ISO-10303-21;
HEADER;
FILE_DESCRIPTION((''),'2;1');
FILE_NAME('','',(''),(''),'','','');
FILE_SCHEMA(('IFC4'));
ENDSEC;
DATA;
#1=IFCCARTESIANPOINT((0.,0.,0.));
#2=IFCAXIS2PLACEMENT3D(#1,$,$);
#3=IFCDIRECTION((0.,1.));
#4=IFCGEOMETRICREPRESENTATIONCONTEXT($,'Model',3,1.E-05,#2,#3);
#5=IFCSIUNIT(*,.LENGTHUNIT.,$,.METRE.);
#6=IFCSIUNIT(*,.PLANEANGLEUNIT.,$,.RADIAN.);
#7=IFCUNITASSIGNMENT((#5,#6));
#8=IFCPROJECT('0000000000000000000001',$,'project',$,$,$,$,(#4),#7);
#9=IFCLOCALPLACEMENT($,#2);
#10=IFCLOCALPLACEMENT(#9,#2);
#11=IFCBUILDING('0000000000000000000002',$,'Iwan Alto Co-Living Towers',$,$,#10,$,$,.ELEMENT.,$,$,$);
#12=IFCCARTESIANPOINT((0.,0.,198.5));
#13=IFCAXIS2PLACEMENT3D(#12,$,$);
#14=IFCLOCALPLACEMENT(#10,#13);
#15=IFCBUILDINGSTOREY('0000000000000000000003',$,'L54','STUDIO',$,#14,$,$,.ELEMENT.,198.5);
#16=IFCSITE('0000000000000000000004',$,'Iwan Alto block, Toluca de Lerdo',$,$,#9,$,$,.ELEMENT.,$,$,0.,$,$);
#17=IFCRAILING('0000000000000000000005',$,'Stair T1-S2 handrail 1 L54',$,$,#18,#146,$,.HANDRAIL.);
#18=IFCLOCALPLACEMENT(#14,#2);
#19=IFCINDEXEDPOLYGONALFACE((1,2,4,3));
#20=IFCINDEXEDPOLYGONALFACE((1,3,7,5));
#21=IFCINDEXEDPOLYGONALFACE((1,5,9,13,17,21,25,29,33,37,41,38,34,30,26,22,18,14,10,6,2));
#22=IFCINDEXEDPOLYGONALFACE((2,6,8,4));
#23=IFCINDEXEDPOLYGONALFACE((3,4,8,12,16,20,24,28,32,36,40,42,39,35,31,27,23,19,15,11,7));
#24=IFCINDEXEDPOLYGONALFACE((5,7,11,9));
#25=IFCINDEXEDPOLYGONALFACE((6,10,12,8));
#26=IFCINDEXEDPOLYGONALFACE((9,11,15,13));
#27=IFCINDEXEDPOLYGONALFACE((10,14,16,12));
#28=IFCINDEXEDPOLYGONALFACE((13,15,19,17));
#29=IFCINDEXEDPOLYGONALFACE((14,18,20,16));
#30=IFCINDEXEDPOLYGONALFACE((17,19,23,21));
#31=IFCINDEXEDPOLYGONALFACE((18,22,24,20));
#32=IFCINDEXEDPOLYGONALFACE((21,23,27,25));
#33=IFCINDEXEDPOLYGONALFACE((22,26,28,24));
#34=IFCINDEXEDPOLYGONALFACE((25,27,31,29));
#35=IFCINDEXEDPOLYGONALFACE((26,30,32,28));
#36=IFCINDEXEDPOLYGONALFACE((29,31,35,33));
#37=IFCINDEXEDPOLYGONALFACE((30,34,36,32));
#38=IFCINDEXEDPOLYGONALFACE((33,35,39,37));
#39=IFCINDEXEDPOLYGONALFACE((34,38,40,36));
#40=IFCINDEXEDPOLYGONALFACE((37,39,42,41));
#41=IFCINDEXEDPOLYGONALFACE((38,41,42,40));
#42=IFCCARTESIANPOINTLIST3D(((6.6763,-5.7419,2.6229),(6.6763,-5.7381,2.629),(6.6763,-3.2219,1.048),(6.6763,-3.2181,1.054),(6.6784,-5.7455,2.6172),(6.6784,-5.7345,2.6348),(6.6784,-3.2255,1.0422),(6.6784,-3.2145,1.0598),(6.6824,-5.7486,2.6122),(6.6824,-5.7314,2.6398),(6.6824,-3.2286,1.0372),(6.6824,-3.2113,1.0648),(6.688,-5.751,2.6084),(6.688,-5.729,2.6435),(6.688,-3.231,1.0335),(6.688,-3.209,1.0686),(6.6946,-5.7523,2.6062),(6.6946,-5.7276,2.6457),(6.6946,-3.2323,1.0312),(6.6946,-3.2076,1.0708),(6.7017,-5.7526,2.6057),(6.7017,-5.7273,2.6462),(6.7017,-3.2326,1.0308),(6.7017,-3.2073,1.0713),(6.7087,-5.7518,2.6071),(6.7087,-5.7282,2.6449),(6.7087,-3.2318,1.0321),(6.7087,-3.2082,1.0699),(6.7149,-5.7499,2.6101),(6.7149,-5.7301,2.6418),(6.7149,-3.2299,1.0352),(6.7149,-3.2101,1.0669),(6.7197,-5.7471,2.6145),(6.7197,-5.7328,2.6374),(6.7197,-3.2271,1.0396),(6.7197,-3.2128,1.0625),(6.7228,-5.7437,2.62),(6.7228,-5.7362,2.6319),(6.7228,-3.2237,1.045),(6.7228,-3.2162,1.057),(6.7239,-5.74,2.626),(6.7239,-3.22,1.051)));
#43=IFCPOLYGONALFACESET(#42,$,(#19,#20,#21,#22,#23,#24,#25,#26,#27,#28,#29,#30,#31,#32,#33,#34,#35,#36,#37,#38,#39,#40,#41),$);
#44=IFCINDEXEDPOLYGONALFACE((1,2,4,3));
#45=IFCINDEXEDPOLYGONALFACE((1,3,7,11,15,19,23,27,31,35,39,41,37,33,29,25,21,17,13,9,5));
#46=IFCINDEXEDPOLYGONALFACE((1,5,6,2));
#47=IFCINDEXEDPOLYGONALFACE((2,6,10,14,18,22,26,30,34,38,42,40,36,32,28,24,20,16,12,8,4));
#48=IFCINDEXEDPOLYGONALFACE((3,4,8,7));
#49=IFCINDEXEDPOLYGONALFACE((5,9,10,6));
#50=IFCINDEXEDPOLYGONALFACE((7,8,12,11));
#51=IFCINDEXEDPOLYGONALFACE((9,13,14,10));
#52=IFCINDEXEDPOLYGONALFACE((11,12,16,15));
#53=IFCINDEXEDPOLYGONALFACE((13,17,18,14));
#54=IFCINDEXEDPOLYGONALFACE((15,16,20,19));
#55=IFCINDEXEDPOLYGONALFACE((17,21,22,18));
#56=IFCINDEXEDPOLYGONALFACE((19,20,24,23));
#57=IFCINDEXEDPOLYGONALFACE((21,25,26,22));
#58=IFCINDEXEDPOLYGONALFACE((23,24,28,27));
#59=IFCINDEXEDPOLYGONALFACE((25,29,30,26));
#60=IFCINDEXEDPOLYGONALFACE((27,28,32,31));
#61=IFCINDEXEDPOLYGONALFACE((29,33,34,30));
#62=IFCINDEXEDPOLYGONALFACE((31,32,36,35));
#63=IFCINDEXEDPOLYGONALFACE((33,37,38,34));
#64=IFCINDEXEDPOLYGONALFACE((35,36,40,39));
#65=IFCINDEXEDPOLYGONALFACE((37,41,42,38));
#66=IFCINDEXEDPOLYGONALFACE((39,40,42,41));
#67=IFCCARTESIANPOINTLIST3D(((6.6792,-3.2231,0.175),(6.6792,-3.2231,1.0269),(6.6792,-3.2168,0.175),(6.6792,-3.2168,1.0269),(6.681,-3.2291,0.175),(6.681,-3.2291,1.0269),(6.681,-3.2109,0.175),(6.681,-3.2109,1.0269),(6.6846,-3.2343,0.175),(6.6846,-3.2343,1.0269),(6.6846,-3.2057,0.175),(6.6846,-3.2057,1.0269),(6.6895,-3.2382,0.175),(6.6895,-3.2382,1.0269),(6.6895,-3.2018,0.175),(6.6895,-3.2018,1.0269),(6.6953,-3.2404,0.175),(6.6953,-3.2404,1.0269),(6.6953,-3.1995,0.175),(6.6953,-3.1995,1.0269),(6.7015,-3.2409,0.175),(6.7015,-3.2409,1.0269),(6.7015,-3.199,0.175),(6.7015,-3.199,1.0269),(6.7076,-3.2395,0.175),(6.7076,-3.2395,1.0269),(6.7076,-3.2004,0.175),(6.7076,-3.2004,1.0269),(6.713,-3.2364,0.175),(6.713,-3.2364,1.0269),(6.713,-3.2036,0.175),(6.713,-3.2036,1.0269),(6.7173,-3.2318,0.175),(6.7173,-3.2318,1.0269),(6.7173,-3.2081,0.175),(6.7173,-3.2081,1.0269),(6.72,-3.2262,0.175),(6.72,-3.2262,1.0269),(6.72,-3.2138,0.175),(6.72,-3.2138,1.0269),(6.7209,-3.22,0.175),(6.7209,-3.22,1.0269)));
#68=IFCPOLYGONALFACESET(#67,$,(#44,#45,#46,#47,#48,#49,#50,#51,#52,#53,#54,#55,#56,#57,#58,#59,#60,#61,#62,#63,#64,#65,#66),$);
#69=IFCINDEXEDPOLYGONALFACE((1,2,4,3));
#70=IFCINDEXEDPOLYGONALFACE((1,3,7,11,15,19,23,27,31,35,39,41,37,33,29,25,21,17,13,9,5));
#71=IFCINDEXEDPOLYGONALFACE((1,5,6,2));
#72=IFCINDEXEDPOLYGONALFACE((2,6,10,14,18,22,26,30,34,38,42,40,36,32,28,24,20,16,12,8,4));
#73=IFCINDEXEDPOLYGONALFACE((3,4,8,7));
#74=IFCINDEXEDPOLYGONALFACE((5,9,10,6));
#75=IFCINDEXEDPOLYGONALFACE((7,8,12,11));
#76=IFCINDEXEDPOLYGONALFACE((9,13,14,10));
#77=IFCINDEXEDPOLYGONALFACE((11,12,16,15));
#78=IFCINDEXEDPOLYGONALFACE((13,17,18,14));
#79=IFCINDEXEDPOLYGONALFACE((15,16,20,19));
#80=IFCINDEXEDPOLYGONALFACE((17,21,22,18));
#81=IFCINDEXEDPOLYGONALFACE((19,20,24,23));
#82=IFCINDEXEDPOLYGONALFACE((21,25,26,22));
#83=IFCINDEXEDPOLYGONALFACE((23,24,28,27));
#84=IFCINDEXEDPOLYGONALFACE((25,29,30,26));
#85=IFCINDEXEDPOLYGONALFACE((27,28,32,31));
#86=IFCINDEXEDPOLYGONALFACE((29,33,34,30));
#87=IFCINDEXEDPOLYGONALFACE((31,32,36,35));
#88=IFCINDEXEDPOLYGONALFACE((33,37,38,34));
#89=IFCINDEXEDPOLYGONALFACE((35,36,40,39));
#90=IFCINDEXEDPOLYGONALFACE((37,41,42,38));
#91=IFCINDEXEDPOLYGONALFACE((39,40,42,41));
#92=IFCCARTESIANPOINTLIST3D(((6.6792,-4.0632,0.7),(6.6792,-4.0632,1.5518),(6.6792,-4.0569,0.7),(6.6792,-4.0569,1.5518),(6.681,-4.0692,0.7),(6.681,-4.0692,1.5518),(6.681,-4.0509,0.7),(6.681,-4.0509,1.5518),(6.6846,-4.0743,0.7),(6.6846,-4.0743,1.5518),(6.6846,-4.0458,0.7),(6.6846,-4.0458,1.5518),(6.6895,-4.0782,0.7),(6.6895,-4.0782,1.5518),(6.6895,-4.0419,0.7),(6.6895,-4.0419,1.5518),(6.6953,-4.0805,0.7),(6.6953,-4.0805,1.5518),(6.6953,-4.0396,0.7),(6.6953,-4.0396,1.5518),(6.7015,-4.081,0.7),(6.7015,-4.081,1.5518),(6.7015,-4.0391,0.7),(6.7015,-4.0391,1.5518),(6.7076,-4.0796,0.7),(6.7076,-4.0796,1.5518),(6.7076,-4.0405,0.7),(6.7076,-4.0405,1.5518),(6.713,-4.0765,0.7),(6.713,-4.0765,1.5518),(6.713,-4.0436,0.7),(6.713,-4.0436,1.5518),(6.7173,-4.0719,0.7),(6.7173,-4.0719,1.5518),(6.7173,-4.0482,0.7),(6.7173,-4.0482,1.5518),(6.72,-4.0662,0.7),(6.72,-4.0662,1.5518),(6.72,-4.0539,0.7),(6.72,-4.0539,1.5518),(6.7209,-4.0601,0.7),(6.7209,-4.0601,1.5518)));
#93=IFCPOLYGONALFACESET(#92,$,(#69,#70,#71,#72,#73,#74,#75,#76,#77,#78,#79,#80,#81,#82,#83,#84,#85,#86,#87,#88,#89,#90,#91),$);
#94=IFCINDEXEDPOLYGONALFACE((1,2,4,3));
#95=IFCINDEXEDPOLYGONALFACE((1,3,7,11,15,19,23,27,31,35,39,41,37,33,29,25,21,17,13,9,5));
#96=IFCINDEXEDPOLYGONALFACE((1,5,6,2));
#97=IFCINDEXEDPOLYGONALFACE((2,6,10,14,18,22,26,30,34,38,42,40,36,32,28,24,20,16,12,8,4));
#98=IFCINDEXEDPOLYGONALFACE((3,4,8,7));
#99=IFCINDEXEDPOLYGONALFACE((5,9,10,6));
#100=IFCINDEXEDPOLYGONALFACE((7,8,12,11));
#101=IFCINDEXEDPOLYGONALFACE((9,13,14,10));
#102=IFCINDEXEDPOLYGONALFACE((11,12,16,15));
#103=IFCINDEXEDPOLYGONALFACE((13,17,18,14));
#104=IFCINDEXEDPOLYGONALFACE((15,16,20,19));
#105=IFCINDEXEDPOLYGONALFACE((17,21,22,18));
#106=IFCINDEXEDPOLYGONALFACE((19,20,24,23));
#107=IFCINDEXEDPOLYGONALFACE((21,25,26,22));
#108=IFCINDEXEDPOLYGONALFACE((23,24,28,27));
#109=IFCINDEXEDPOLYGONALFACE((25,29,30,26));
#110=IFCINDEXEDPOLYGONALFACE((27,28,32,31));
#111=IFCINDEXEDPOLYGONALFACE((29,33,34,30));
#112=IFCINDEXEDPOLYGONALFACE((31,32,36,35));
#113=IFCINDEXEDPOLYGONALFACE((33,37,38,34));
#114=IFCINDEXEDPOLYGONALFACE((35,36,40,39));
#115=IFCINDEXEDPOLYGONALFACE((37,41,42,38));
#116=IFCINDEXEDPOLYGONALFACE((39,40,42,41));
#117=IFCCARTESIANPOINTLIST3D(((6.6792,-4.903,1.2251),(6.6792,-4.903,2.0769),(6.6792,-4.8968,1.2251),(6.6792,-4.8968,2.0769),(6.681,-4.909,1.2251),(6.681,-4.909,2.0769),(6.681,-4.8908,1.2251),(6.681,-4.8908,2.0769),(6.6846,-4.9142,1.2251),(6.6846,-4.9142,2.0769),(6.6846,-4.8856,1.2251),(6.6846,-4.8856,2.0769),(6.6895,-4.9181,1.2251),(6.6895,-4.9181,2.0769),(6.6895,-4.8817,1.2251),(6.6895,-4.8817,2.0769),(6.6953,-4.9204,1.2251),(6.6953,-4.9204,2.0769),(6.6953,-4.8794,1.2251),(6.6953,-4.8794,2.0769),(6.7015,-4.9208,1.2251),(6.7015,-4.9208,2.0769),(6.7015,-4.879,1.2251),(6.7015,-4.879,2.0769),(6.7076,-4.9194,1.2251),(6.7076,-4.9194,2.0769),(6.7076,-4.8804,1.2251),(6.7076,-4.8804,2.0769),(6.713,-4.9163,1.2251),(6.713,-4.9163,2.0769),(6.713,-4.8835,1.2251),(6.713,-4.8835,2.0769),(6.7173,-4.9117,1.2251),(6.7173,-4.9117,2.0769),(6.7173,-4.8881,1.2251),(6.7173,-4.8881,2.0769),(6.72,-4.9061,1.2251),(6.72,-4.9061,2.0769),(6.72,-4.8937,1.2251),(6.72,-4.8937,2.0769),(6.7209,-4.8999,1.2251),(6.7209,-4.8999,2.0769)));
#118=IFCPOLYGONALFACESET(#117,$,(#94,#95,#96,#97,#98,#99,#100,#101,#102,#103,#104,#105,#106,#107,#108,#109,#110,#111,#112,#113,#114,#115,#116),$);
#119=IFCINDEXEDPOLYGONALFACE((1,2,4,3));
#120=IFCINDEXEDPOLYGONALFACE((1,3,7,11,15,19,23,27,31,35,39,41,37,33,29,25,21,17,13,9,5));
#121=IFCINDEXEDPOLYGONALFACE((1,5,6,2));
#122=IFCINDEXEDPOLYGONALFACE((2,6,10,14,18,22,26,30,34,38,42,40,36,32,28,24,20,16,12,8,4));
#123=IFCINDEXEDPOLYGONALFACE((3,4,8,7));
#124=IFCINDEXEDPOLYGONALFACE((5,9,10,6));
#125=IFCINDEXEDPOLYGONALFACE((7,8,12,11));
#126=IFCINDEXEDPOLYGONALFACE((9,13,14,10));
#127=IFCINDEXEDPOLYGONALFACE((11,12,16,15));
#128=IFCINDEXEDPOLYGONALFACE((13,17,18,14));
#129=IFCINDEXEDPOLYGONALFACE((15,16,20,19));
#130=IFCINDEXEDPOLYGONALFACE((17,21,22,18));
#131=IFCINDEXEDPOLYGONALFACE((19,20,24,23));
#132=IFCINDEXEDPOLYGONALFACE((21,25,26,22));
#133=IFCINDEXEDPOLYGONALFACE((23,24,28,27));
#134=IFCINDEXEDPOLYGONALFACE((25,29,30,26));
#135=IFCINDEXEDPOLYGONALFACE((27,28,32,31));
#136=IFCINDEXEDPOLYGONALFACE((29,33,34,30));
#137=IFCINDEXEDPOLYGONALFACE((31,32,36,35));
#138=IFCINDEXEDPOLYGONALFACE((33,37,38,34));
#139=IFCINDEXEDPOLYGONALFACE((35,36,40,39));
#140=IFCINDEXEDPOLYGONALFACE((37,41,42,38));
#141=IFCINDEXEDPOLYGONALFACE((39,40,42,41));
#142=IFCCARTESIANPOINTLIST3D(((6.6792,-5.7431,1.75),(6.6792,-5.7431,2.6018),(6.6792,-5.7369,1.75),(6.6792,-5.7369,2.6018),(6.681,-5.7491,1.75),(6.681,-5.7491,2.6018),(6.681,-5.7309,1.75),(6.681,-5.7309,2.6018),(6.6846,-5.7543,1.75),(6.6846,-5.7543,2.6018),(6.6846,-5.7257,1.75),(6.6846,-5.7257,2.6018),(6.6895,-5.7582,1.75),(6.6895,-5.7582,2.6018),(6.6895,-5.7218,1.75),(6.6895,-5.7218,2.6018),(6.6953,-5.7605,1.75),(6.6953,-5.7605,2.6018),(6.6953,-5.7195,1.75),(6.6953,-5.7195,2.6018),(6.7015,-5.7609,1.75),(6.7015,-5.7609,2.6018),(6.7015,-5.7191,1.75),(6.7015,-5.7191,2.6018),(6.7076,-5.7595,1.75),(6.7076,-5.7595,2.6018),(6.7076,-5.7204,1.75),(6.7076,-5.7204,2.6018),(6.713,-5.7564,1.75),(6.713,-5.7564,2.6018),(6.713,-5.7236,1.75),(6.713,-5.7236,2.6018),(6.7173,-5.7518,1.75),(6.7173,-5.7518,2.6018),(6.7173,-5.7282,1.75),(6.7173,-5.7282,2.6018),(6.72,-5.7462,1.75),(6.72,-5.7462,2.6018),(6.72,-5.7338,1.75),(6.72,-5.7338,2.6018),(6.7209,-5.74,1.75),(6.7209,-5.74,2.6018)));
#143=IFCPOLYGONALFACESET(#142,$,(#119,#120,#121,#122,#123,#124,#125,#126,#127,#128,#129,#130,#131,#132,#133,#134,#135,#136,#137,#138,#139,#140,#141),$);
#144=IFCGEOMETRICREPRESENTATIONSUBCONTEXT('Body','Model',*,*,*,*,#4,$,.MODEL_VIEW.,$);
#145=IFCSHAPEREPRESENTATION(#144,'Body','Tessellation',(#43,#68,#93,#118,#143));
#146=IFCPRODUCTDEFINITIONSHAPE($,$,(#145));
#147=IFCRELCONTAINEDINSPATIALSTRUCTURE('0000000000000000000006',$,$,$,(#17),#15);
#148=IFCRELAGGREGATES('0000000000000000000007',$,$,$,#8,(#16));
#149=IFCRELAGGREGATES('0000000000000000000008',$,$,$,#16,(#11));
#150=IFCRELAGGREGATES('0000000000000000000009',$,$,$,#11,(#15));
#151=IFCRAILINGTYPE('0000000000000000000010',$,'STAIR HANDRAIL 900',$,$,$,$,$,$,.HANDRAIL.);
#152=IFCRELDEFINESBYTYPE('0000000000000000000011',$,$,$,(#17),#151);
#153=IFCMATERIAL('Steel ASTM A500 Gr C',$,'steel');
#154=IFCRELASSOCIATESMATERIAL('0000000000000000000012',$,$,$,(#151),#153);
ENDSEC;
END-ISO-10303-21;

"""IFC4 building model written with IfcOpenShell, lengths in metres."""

from ifc_helpers import new_model, si_unit, direction, frame, origin, origin_2d, place, context, subcontext, project, spatial, circle, extrude, material, type_object, element, save


model = new_model("IFC4")

# Units and contexts
model_context = context("Model", 3, precision=1e-05, world=origin(), true_north=direction((0.0, 1.0)))
body_context = subcontext(model_context, "Body", "Model", "MODEL_VIEW")
ifc_project = project(units=[si_unit("LENGTHUNIT", "METRE"), si_unit("PLANEANGLEUNIT", "RADIAN")], contexts=[model_context])

# Site, building, storey
site_placement = place(None, origin())
site = spatial("IfcSite", under=ifc_project, at=site_placement, Name="Iwan Alto block, Toluca de Lerdo", CompositionType="ELEMENT", RefElevation=0.0)
building_placement = place(site_placement, origin())
building = spatial("IfcBuilding", under=site, at=building_placement, Name="Iwan Alto Co-Living Towers", CompositionType="ELEMENT")
storey_placement = place(building_placement, frame((0.0, 0.0, 198.5)))
storey = spatial("IfcBuildingStorey", under=building, at=storey_placement, Name="L54", Description="STUDIO", CompositionType="ELEMENT", Elevation=198.5)

# Railing
ifc_material_1 = material(Name="Steel ASTM A500 Gr C", Category="steel")
railing_type_1 = type_object("IfcRailingType", Name="STAIR HANDRAIL 900", PredefinedType="HANDRAIL", material=ifc_material_1)
railing_1_placement = place(storey_placement, frame((6.7, -3.22, 0.175)))
element("IfcRailing", 1, at=railing_1_placement, inside=storey, type_object=railing_type_1, Name="Stair T1-S2 handrail 1 L54", PredefinedType="HANDRAIL", context=body_context, shape_type="SweptSolid", body=[
    extrude(circle(Radius=0.0239, at=origin_2d()), frame((0.0, 0.0, 0.876), z_axis=(0.0, -0.848008, 0.529984), x_axis=(1.0, 0.0, 0.0)), (0.0, 0.0, 1.0), 2.9717),
    extrude(circle(Radius=0.021, at=origin_2d()), origin(), (0.0, 0.0, 1.0), 0.8518),
    extrude(circle(Radius=0.021, at=origin_2d()), frame((0.0, -0.8401, 0.5249)), (0.0, 0.0, 1.0), 0.8518),
    extrude(circle(Radius=0.021, at=origin_2d()), frame((0.0, -1.6799, 1.05)), (0.0, 0.0, 1.0), 0.8518),
    extrude(circle(Radius=0.021, at=origin_2d()), frame((0.0, -2.52, 1.575)), (0.0, 0.0, 1.0), 0.8518),
])

save(model, "model.ifc")
